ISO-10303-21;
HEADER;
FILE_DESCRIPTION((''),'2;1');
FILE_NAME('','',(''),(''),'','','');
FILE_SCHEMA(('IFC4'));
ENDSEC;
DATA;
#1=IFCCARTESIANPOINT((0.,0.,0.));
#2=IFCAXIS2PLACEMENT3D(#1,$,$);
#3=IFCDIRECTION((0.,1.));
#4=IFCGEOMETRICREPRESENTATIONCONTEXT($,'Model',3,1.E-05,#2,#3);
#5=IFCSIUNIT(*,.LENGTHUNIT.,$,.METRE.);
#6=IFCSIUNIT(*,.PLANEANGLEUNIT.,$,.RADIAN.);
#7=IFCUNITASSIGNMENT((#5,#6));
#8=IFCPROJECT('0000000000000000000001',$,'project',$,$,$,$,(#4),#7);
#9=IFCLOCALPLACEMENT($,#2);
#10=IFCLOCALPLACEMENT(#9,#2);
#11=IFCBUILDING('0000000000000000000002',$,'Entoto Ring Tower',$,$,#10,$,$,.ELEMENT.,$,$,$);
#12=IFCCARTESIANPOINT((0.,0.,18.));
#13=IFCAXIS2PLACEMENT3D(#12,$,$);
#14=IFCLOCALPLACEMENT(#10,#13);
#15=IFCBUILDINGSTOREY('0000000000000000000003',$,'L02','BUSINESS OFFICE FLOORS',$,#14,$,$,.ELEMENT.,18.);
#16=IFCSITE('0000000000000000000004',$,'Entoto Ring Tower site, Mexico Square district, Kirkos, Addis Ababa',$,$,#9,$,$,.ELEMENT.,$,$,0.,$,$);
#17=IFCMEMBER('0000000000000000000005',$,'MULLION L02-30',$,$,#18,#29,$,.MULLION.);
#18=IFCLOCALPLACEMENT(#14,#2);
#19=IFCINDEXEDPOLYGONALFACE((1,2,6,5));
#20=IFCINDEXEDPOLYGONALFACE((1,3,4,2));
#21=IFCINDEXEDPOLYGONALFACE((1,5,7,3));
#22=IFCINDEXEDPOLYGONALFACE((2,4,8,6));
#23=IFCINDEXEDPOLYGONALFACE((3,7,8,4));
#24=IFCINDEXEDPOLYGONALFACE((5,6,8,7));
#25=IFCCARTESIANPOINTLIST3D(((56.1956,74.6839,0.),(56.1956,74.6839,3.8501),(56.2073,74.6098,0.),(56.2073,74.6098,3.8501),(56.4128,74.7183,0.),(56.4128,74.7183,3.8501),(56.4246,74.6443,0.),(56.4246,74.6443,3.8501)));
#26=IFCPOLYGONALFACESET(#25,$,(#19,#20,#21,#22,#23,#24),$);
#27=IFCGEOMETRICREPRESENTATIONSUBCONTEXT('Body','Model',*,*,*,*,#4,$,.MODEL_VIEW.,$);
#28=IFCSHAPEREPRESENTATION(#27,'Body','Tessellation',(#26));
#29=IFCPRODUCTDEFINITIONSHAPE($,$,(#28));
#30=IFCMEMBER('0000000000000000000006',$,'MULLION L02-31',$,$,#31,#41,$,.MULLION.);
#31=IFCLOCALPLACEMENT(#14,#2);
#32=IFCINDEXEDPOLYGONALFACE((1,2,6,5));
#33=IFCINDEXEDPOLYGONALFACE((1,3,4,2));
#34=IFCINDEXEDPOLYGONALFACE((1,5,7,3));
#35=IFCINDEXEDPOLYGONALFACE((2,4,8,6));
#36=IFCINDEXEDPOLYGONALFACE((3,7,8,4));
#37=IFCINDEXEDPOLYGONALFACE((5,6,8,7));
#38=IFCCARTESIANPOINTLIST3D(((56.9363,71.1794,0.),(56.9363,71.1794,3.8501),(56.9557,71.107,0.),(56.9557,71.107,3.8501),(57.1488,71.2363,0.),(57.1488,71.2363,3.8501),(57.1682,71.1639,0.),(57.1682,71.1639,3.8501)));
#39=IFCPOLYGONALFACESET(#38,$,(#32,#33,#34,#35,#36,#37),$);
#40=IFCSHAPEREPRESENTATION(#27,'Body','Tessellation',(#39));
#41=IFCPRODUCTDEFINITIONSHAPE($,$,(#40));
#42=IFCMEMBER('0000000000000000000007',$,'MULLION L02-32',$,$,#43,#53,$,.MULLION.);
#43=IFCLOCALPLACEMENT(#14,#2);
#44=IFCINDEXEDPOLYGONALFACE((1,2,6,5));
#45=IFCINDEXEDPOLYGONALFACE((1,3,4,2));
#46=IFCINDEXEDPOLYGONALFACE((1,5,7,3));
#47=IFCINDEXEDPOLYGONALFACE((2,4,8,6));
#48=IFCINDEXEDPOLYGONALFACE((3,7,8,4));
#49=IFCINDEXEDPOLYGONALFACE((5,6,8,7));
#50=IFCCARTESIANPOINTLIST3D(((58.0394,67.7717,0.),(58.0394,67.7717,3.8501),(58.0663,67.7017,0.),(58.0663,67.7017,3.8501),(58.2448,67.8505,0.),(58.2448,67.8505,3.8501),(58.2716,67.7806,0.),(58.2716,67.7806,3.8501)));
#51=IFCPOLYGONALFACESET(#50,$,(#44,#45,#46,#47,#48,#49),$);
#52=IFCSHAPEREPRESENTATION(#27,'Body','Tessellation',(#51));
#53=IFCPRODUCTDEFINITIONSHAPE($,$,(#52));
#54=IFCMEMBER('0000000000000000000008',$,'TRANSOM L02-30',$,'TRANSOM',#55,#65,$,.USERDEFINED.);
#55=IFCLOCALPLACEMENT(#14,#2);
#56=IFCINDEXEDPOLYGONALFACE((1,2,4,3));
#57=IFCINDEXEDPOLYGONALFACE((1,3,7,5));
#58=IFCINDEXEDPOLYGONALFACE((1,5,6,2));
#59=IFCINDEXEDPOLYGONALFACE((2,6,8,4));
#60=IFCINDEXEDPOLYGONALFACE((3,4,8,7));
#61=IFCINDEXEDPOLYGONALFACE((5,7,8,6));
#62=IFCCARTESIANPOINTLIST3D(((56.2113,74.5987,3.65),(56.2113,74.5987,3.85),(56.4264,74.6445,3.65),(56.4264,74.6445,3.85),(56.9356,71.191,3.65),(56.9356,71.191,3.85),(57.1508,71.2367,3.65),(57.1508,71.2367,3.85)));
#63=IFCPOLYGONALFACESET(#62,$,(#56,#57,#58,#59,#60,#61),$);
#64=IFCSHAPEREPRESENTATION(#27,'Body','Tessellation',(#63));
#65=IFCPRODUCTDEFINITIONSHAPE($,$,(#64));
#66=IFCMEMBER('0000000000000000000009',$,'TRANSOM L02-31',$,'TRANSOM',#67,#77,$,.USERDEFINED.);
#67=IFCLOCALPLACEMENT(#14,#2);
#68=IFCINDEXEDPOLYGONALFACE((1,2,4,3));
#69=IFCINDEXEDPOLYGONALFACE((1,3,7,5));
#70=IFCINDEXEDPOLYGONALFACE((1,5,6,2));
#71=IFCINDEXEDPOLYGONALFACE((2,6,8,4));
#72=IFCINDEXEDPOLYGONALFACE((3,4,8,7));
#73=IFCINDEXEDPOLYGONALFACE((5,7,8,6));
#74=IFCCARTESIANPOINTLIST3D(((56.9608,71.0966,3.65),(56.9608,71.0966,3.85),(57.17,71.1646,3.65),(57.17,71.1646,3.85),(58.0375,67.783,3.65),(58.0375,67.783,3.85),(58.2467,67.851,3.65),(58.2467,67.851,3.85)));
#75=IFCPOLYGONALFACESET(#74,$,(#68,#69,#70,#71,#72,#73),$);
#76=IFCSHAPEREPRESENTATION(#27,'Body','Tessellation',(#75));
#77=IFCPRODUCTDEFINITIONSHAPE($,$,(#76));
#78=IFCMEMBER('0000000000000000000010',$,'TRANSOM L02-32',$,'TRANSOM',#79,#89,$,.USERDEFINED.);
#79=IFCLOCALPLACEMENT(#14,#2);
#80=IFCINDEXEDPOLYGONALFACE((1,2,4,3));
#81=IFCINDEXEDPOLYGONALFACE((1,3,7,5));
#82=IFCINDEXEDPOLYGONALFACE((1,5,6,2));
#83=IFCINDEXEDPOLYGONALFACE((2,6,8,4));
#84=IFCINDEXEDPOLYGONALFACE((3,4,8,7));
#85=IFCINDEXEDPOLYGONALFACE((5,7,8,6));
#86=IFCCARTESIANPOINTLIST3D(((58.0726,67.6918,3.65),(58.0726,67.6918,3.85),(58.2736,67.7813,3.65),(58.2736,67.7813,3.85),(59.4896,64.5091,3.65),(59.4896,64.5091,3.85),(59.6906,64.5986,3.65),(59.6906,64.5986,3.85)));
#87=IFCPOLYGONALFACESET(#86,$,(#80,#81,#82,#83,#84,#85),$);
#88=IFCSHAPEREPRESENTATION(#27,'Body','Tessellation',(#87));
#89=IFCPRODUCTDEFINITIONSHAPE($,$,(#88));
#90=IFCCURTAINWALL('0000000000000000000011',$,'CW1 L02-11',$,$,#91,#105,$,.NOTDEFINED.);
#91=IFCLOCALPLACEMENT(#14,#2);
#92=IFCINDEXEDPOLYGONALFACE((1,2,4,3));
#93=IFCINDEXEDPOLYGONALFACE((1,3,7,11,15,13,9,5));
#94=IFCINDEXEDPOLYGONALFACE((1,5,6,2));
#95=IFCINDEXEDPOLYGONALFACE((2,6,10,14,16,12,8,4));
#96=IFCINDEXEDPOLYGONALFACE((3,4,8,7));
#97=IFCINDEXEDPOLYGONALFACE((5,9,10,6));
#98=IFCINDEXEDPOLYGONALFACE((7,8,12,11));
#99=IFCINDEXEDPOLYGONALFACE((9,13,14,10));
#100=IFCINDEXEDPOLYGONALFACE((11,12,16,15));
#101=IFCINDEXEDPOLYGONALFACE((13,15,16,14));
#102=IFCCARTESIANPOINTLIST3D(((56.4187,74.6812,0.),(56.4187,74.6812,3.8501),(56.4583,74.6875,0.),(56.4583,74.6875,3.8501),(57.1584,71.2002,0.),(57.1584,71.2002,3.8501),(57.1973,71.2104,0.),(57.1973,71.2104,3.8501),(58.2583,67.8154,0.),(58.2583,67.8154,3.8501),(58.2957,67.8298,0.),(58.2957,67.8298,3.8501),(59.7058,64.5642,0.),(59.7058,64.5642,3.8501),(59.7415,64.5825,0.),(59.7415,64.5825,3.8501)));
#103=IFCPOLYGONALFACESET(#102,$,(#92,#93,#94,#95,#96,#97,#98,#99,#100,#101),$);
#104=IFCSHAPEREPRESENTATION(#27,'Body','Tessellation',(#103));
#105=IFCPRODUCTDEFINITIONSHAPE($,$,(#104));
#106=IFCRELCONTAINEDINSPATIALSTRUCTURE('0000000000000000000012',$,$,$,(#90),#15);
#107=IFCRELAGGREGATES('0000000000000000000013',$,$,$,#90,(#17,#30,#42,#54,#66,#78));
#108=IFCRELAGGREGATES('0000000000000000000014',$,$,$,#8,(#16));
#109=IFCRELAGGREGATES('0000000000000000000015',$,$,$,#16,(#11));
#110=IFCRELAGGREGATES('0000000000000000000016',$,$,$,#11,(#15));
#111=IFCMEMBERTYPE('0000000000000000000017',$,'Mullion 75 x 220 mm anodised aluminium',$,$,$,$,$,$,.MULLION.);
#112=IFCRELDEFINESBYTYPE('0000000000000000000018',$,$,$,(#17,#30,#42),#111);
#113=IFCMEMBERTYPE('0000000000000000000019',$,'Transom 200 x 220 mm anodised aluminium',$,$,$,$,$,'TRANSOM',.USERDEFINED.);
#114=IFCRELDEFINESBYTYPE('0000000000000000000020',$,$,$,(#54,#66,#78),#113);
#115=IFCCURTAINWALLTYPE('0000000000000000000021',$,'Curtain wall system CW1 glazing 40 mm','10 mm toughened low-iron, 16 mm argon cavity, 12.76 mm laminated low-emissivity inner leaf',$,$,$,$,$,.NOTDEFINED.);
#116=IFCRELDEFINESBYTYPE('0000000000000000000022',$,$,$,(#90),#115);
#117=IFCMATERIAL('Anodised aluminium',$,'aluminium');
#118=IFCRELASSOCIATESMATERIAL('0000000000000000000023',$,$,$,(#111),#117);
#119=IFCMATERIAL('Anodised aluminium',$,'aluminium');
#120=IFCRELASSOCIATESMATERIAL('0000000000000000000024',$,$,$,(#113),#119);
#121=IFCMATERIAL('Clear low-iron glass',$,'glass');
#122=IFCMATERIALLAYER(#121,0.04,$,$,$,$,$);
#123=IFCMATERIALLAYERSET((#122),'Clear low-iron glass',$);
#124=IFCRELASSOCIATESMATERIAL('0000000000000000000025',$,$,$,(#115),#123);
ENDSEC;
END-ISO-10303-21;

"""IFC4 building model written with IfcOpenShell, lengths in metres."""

from ifc_helpers import new_model, si_unit, direction, frame, origin, origin_2d, place, context, subcontext, project, spatial, polyline, rectangle, outline, extrude, material, layer, layer_set, material_profile, profile_set, type_object, element, aggregate, save


model = new_model("IFC4")

# Units and contexts
model_context = context("Model", 3, precision=1e-05, world=origin(), true_north=direction((0.0, 1.0)))
body_context = subcontext(model_context, "Body", "Model", "MODEL_VIEW")
ifc_project = project(units=[si_unit("LENGTHUNIT", "METRE"), si_unit("PLANEANGLEUNIT", "RADIAN")], contexts=[model_context])

# Members
ifc_material_1 = material(Name="Anodised aluminium", Category="aluminium")
ifc_material_profile_1 = material_profile(ifc_material_1, rectangle(XDim=0.075, YDim=0.22, at=origin_2d()), Name="Mullion 75 x 220 mm anodised aluminium")
ifc_profile_set_1 = profile_set([ifc_material_profile_1], Name="Anodised aluminium")
member_type_1 = type_object("IfcMemberType", Name="Mullion 75 x 220 mm anodised aluminium", PredefinedType="MULLION", material=ifc_profile_set_1)
site_placement = place(None, origin())
building_placement = place(site_placement, origin())
storey_placement = place(building_placement, frame((0.0, 0.0, 18.0)))
member_1_placement = place(storey_placement, frame((56.3101, 74.6641, 0.0), z_axis=(0.0, 0.0, 1.0), x_axis=(0.156434, -0.987688, 0.0)))
member_1 = element("IfcMember", 1, at=member_1_placement, type_object=member_type_1, Name="MULLION L02-30", PredefinedType="MULLION", context=body_context, shape_type="SweptSolid", body=[
    extrude(rectangle(XDim=0.075, YDim=0.22, at=origin_2d()), origin(), (0.0, 0.0, 1.0), 3.8501),
])
member_2_placement = place(storey_placement, frame((57.0522, 71.1716, 0.0), z_axis=(0.0, 0.0, 1.0), x_axis=(0.258819, -0.965926, 0.0)))
member_2 = element("IfcMember", 2, at=member_2_placement, type_object=member_type_1, Name="MULLION L02-31", PredefinedType="MULLION", context=body_context, shape_type="SweptSolid", body=[
    extrude(rectangle(XDim=0.075, YDim=0.22, at=origin_2d()), origin(), (0.0, 0.0, 1.0), 3.8501),
])
member_3_placement = place(storey_placement, frame((58.1555, 67.7761, 0.0), z_axis=(0.0, 0.0, 1.0), x_axis=(0.358368, -0.93358, 0.0)))
member_3 = element("IfcMember", 3, at=member_3_placement, type_object=member_type_1, Name="MULLION L02-32", PredefinedType="MULLION", context=body_context, shape_type="SweptSolid", body=[
    extrude(rectangle(XDim=0.075, YDim=0.22, at=origin_2d()), origin(), (0.0, 0.0, 1.0), 3.8501),
])
ifc_material_2 = material(Name="Anodised aluminium", Category="aluminium")
ifc_material_profile_2 = material_profile(ifc_material_2, rectangle(XDim=0.22, YDim=0.2, at=origin_2d()), Name="Transom 200 x 220 mm anodised aluminium")
ifc_profile_set_2 = profile_set([ifc_material_profile_2], Name="Anodised aluminium")
member_type_2 = type_object("IfcMemberType", Name="Transom 200 x 220 mm anodised aluminium", ElementType="TRANSOM", PredefinedType="USERDEFINED", material=ifc_profile_set_2)
member_4_placement = place(storey_placement, frame((56.3188, 74.6216, 3.75), z_axis=(0.207921, -0.978146, 0.0), x_axis=(0.978146, 0.207921, 0.0)))
member_4 = element("IfcMember", 4, at=member_4_placement, type_object=member_type_2, Name="TRANSOM L02-30", ObjectType="TRANSOM", PredefinedType="USERDEFINED", context=body_context, shape_type="SweptSolid", body=[
    extrude(rectangle(XDim=0.22, YDim=0.2, at=origin_2d()), origin(), (0.0, 0.0, 1.0), 3.4839),
])
member_5_placement = place(storey_placement, frame((57.0654, 71.1306, 3.75), z_axis=(0.309029, -0.951053, 0.0), x_axis=(0.951053, 0.309029, 0.0)))
member_5 = element("IfcMember", 5, at=member_5_placement, type_object=member_type_2, Name="TRANSOM L02-31", ObjectType="TRANSOM", PredefinedType="USERDEFINED", context=body_context, shape_type="SweptSolid", body=[
    extrude(rectangle(XDim=0.22, YDim=0.2, at=origin_2d()), origin(), (0.0, 0.0, 1.0), 3.4841),
])
member_6_placement = place(storey_placement, frame((58.1731, 67.7366, 3.75), z_axis=(0.406737, -0.913545, 0.0), x_axis=(0.913545, 0.406737, 0.0)))
member_6 = element("IfcMember", 6, at=member_6_placement, type_object=member_type_2, Name="TRANSOM L02-32", ObjectType="TRANSOM", PredefinedType="USERDEFINED", context=body_context, shape_type="SweptSolid", body=[
    extrude(rectangle(XDim=0.22, YDim=0.2, at=origin_2d()), origin(), (0.0, 0.0, 1.0), 3.4839),
])

# Site, building, storey
site = spatial("IfcSite", under=ifc_project, at=site_placement, Name="Entoto Ring Tower site, Mexico Square district, Kirkos, Addis Ababa", CompositionType="ELEMENT", RefElevation=0.0)
building = spatial("IfcBuilding", under=site, at=building_placement, Name="Entoto Ring Tower", CompositionType="ELEMENT")
storey = spatial("IfcBuildingStorey", under=building, at=storey_placement, Name="L02", Description="BUSINESS OFFICE FLOORS", CompositionType="ELEMENT", Elevation=18.0)

# Curtain wall
ifc_material_3 = material(Name="Clear low-iron glass", Category="glass")
ifc_layer = layer(ifc_material_3, 0.04)
ifc_layer_set = layer_set([ifc_layer], Name="Clear low-iron glass")
curtain_wall_type = type_object("IfcCurtainWallType", Name="Curtain wall system CW1 glazing 40 mm", Description="10 mm toughened low-iron, 16 mm argon cavity, 12.76 mm laminated low-emissivity inner leaf", PredefinedType="NOTDEFINED", material=ifc_layer_set)
curtain_wall_1_placement = place(storey_placement, origin())
curtain_wall_1 = element("IfcCurtainWall", 7, at=curtain_wall_1_placement, inside=storey, type_object=curtain_wall_type, Name="CW1 L02-11", PredefinedType="NOTDEFINED", context=body_context, shape_type="SweptSolid", body=[
    extrude(outline(polyline([(56.4187, 74.6812), (57.1584, 71.2002), (58.2583, 67.8154), (59.7058, 64.5642), (59.7415, 64.5825), (58.2957, 67.8298), (57.1973, 71.2104), (56.4583, 74.6875), (56.4187, 74.6812)])), origin(), (0.0, 0.0, 1.0), 3.8501),
])
aggregate(curtain_wall_1, [member_1, member_2, member_3, member_4, member_5, member_6])

save(model, "model.ifc")
